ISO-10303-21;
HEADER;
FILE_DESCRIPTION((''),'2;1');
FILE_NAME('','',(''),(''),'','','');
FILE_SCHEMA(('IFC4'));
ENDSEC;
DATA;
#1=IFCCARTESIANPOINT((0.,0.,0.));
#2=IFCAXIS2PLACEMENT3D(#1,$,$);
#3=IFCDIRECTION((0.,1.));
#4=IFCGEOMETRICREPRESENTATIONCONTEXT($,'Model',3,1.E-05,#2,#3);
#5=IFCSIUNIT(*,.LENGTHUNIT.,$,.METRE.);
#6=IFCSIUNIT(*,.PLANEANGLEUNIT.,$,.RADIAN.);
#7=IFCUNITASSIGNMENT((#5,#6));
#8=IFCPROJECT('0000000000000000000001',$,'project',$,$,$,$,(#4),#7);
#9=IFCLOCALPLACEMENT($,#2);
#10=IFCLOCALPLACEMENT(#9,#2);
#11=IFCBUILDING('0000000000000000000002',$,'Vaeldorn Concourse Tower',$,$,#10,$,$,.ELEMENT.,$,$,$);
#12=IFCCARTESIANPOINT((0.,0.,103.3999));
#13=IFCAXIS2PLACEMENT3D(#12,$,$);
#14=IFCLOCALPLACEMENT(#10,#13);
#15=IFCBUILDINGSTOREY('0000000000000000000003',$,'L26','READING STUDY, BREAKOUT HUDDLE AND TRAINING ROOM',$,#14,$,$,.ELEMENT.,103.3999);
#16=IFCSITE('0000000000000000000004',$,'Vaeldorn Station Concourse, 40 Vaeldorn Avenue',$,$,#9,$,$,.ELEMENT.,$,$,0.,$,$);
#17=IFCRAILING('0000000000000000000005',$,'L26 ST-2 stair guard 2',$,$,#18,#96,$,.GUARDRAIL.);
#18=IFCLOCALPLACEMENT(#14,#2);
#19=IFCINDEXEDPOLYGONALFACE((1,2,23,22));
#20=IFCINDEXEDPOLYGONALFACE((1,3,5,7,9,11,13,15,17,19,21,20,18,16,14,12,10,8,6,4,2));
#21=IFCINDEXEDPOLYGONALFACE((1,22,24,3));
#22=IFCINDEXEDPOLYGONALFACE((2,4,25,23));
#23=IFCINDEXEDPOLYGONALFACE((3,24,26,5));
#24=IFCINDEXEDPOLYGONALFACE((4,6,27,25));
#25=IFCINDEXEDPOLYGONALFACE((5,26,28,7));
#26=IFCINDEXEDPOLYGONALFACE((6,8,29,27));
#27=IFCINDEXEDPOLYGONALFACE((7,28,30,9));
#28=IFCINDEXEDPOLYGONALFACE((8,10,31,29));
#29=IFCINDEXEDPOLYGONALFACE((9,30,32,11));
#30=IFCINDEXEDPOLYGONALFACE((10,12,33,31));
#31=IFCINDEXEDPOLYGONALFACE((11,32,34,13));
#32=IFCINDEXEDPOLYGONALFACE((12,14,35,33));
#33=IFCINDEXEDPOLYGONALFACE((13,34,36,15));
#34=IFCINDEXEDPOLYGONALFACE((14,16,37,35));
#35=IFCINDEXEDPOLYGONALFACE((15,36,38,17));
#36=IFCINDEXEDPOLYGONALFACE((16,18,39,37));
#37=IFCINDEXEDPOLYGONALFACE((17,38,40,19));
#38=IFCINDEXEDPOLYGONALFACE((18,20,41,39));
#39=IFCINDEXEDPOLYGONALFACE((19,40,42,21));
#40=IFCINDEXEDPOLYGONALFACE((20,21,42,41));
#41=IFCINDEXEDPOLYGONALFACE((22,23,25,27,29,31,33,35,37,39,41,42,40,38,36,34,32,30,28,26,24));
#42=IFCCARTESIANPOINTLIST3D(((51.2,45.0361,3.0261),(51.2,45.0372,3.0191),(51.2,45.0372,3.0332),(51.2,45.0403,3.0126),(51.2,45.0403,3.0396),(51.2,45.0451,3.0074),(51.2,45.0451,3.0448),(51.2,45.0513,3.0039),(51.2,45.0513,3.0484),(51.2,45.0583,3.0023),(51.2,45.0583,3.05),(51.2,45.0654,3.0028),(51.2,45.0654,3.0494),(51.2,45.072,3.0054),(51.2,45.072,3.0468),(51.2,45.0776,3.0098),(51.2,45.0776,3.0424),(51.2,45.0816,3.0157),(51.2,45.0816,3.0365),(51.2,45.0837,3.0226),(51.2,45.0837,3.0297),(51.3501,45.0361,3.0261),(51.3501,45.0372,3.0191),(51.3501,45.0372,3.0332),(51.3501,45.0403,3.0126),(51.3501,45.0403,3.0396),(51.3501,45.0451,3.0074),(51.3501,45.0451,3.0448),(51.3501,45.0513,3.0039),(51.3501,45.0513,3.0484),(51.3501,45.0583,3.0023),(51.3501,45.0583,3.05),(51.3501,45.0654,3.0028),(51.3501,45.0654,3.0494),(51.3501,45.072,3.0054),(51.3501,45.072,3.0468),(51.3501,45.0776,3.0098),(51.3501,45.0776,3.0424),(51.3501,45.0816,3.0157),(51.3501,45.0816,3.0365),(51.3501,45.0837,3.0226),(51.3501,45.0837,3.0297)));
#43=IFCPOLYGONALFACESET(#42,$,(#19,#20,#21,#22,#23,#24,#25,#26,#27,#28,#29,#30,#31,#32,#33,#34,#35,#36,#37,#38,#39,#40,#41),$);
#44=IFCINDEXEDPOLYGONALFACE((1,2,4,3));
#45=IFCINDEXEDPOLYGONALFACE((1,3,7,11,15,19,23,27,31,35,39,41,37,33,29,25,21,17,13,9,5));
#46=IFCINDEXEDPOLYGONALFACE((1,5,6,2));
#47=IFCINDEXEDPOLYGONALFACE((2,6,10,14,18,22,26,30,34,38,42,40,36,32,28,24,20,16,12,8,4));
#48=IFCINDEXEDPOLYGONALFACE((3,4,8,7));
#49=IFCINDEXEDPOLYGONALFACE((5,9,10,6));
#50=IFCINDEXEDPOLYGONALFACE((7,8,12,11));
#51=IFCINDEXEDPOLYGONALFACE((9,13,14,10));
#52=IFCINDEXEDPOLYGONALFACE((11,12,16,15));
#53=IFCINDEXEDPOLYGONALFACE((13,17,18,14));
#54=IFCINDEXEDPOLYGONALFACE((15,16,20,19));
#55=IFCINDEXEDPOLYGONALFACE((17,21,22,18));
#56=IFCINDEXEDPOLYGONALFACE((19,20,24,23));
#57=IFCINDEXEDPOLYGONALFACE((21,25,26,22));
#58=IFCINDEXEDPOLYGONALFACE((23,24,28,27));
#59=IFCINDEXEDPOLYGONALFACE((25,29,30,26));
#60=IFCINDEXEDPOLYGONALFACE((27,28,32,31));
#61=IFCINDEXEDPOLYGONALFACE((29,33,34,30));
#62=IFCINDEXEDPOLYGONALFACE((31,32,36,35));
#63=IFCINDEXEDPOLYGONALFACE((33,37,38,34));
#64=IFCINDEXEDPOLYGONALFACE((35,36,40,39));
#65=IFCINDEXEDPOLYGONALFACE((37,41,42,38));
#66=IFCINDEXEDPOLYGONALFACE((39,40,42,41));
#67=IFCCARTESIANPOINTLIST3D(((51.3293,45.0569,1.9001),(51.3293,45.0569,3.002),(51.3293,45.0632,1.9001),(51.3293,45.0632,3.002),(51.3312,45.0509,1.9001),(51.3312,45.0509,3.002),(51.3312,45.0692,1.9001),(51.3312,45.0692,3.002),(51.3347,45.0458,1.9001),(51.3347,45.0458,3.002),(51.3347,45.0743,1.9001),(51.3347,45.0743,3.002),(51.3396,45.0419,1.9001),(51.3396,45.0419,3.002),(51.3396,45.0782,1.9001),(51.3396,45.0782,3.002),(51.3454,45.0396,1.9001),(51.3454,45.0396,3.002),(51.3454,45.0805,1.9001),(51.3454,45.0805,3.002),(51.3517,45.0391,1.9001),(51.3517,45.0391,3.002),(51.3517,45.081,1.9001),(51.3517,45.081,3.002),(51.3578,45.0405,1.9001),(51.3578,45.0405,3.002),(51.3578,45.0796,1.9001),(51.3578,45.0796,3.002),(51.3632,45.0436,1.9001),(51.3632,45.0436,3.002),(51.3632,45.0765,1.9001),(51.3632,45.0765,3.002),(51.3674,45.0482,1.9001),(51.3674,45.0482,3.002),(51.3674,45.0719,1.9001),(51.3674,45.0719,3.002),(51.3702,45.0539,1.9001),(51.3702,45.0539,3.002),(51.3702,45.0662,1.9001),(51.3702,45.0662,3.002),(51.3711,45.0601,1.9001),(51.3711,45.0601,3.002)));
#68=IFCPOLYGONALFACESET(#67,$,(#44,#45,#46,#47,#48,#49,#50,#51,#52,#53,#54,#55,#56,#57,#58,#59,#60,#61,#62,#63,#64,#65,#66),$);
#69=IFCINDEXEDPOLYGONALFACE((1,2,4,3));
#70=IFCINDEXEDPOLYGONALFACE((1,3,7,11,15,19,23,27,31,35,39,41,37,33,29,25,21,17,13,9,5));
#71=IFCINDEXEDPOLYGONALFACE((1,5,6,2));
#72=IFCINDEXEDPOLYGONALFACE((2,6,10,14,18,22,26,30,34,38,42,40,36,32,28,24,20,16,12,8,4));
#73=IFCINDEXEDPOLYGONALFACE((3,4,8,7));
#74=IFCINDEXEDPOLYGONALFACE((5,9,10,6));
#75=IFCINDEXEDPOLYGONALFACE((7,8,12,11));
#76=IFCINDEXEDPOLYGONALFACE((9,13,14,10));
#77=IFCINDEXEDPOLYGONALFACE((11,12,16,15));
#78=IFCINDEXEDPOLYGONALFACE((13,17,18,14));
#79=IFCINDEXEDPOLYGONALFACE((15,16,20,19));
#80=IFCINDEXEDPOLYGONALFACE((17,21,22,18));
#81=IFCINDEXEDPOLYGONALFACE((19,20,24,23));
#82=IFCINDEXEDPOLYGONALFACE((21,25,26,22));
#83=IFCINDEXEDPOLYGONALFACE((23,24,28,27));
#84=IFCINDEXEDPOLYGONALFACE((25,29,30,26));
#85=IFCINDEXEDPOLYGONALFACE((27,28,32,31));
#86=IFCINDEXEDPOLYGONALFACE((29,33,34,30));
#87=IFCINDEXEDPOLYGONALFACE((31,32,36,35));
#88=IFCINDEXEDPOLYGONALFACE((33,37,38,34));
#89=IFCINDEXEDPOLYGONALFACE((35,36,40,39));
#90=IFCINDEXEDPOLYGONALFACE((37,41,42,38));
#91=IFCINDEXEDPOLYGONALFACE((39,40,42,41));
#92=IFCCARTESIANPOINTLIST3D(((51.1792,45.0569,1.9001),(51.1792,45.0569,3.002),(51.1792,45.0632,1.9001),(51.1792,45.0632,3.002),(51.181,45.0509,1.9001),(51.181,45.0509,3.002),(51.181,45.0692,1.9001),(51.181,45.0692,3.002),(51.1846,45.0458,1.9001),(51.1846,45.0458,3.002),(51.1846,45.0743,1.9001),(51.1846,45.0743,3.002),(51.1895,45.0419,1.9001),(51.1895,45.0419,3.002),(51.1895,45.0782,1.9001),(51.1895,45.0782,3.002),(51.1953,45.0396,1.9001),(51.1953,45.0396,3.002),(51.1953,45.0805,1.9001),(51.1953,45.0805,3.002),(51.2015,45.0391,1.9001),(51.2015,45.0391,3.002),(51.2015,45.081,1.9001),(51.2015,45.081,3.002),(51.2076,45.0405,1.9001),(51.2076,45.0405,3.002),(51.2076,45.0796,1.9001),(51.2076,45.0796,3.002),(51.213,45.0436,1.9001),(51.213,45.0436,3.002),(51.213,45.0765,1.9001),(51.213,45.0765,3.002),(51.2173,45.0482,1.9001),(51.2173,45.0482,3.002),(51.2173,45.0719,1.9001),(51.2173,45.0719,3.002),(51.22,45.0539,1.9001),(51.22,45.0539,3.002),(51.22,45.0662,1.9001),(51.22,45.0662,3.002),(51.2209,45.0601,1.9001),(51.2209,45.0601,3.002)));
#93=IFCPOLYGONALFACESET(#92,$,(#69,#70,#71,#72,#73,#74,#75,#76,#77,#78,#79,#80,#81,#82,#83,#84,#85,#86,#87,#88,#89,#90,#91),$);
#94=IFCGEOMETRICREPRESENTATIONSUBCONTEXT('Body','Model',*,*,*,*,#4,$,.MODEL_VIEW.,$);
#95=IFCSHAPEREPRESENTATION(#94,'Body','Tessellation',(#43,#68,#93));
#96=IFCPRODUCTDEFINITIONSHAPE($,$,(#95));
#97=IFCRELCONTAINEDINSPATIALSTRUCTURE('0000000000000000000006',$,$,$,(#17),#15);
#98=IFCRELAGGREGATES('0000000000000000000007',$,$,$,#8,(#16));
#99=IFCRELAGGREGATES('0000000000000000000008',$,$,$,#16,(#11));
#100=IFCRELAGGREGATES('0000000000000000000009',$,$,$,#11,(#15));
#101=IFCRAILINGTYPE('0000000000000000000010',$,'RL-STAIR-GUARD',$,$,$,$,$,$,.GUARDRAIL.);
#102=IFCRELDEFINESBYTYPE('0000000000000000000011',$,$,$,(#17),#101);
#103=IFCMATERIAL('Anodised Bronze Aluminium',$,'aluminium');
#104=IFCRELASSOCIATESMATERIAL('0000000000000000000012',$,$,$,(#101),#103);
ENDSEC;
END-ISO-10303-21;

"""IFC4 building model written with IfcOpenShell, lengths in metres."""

from ifc_helpers import new_model, si_unit, direction, frame, origin, origin_2d, place, context, subcontext, project, spatial, circle, extrude, material, type_object, element, save


model = new_model("IFC4")

# Units and contexts
model_context = context("Model", 3, precision=1e-05, world=origin(), true_north=direction((0.0, 1.0)))
body_context = subcontext(model_context, "Body", "Model", "MODEL_VIEW")
ifc_project = project(units=[si_unit("LENGTHUNIT", "METRE"), si_unit("PLANEANGLEUNIT", "RADIAN")], contexts=[model_context])

# Site, building, storey
site_placement = place(None, origin())
site = spatial("IfcSite", under=ifc_project, at=site_placement, Name="Vaeldorn Station Concourse, 40 Vaeldorn Avenue", CompositionType="ELEMENT", RefElevation=0.0)
building_placement = place(site_placement, origin())
building = spatial("IfcBuilding", under=site, at=building_placement, Name="Vaeldorn Concourse Tower", CompositionType="ELEMENT")
storey_placement = place(building_placement, frame((0.0, 0.0, 103.3999)))
storey = spatial("IfcBuildingStorey", under=building, at=storey_placement, Name="L26", Description="READING STUDY, BREAKOUT HUDDLE AND TRAINING ROOM", CompositionType="ELEMENT", Elevation=103.3999)

# Shared definitions
ifc_material_1 = material(Name="Anodised Bronze Aluminium", Category="aluminium")

# Railing
railing_type_1 = type_object("IfcRailingType", Name="RL-STAIR-GUARD", PredefinedType="GUARDRAIL", material=ifc_material_1)
railing_1_placement = place(storey_placement, frame((51.3501, 45.0601, 1.9001)))
element("IfcRailing", 1, at=railing_1_placement, inside=storey, type_object=railing_type_1, Name="L26 ST-2 stair guard 2", PredefinedType="GUARDRAIL", context=body_context, shape_type="SweptSolid", body=[
    extrude(circle(Radius=0.0239, at=origin_2d()), frame((0.0, 0.0, 1.126), z_axis=(-1.0, 0.0, 0.0), x_axis=(0.0, -1.0, 0.0)), (0.0, 0.0, 1.0), 0.1501),
    extrude(circle(Radius=0.021, at=origin_2d()), origin(), (0.0, 0.0, 1.0), 1.1018),
    extrude(circle(Radius=0.021, at=origin_2d()), frame((-0.1501, 0.0, 0.0)), (0.0, 0.0, 1.0), 1.1018),
])

save(model, "model.ifc")
